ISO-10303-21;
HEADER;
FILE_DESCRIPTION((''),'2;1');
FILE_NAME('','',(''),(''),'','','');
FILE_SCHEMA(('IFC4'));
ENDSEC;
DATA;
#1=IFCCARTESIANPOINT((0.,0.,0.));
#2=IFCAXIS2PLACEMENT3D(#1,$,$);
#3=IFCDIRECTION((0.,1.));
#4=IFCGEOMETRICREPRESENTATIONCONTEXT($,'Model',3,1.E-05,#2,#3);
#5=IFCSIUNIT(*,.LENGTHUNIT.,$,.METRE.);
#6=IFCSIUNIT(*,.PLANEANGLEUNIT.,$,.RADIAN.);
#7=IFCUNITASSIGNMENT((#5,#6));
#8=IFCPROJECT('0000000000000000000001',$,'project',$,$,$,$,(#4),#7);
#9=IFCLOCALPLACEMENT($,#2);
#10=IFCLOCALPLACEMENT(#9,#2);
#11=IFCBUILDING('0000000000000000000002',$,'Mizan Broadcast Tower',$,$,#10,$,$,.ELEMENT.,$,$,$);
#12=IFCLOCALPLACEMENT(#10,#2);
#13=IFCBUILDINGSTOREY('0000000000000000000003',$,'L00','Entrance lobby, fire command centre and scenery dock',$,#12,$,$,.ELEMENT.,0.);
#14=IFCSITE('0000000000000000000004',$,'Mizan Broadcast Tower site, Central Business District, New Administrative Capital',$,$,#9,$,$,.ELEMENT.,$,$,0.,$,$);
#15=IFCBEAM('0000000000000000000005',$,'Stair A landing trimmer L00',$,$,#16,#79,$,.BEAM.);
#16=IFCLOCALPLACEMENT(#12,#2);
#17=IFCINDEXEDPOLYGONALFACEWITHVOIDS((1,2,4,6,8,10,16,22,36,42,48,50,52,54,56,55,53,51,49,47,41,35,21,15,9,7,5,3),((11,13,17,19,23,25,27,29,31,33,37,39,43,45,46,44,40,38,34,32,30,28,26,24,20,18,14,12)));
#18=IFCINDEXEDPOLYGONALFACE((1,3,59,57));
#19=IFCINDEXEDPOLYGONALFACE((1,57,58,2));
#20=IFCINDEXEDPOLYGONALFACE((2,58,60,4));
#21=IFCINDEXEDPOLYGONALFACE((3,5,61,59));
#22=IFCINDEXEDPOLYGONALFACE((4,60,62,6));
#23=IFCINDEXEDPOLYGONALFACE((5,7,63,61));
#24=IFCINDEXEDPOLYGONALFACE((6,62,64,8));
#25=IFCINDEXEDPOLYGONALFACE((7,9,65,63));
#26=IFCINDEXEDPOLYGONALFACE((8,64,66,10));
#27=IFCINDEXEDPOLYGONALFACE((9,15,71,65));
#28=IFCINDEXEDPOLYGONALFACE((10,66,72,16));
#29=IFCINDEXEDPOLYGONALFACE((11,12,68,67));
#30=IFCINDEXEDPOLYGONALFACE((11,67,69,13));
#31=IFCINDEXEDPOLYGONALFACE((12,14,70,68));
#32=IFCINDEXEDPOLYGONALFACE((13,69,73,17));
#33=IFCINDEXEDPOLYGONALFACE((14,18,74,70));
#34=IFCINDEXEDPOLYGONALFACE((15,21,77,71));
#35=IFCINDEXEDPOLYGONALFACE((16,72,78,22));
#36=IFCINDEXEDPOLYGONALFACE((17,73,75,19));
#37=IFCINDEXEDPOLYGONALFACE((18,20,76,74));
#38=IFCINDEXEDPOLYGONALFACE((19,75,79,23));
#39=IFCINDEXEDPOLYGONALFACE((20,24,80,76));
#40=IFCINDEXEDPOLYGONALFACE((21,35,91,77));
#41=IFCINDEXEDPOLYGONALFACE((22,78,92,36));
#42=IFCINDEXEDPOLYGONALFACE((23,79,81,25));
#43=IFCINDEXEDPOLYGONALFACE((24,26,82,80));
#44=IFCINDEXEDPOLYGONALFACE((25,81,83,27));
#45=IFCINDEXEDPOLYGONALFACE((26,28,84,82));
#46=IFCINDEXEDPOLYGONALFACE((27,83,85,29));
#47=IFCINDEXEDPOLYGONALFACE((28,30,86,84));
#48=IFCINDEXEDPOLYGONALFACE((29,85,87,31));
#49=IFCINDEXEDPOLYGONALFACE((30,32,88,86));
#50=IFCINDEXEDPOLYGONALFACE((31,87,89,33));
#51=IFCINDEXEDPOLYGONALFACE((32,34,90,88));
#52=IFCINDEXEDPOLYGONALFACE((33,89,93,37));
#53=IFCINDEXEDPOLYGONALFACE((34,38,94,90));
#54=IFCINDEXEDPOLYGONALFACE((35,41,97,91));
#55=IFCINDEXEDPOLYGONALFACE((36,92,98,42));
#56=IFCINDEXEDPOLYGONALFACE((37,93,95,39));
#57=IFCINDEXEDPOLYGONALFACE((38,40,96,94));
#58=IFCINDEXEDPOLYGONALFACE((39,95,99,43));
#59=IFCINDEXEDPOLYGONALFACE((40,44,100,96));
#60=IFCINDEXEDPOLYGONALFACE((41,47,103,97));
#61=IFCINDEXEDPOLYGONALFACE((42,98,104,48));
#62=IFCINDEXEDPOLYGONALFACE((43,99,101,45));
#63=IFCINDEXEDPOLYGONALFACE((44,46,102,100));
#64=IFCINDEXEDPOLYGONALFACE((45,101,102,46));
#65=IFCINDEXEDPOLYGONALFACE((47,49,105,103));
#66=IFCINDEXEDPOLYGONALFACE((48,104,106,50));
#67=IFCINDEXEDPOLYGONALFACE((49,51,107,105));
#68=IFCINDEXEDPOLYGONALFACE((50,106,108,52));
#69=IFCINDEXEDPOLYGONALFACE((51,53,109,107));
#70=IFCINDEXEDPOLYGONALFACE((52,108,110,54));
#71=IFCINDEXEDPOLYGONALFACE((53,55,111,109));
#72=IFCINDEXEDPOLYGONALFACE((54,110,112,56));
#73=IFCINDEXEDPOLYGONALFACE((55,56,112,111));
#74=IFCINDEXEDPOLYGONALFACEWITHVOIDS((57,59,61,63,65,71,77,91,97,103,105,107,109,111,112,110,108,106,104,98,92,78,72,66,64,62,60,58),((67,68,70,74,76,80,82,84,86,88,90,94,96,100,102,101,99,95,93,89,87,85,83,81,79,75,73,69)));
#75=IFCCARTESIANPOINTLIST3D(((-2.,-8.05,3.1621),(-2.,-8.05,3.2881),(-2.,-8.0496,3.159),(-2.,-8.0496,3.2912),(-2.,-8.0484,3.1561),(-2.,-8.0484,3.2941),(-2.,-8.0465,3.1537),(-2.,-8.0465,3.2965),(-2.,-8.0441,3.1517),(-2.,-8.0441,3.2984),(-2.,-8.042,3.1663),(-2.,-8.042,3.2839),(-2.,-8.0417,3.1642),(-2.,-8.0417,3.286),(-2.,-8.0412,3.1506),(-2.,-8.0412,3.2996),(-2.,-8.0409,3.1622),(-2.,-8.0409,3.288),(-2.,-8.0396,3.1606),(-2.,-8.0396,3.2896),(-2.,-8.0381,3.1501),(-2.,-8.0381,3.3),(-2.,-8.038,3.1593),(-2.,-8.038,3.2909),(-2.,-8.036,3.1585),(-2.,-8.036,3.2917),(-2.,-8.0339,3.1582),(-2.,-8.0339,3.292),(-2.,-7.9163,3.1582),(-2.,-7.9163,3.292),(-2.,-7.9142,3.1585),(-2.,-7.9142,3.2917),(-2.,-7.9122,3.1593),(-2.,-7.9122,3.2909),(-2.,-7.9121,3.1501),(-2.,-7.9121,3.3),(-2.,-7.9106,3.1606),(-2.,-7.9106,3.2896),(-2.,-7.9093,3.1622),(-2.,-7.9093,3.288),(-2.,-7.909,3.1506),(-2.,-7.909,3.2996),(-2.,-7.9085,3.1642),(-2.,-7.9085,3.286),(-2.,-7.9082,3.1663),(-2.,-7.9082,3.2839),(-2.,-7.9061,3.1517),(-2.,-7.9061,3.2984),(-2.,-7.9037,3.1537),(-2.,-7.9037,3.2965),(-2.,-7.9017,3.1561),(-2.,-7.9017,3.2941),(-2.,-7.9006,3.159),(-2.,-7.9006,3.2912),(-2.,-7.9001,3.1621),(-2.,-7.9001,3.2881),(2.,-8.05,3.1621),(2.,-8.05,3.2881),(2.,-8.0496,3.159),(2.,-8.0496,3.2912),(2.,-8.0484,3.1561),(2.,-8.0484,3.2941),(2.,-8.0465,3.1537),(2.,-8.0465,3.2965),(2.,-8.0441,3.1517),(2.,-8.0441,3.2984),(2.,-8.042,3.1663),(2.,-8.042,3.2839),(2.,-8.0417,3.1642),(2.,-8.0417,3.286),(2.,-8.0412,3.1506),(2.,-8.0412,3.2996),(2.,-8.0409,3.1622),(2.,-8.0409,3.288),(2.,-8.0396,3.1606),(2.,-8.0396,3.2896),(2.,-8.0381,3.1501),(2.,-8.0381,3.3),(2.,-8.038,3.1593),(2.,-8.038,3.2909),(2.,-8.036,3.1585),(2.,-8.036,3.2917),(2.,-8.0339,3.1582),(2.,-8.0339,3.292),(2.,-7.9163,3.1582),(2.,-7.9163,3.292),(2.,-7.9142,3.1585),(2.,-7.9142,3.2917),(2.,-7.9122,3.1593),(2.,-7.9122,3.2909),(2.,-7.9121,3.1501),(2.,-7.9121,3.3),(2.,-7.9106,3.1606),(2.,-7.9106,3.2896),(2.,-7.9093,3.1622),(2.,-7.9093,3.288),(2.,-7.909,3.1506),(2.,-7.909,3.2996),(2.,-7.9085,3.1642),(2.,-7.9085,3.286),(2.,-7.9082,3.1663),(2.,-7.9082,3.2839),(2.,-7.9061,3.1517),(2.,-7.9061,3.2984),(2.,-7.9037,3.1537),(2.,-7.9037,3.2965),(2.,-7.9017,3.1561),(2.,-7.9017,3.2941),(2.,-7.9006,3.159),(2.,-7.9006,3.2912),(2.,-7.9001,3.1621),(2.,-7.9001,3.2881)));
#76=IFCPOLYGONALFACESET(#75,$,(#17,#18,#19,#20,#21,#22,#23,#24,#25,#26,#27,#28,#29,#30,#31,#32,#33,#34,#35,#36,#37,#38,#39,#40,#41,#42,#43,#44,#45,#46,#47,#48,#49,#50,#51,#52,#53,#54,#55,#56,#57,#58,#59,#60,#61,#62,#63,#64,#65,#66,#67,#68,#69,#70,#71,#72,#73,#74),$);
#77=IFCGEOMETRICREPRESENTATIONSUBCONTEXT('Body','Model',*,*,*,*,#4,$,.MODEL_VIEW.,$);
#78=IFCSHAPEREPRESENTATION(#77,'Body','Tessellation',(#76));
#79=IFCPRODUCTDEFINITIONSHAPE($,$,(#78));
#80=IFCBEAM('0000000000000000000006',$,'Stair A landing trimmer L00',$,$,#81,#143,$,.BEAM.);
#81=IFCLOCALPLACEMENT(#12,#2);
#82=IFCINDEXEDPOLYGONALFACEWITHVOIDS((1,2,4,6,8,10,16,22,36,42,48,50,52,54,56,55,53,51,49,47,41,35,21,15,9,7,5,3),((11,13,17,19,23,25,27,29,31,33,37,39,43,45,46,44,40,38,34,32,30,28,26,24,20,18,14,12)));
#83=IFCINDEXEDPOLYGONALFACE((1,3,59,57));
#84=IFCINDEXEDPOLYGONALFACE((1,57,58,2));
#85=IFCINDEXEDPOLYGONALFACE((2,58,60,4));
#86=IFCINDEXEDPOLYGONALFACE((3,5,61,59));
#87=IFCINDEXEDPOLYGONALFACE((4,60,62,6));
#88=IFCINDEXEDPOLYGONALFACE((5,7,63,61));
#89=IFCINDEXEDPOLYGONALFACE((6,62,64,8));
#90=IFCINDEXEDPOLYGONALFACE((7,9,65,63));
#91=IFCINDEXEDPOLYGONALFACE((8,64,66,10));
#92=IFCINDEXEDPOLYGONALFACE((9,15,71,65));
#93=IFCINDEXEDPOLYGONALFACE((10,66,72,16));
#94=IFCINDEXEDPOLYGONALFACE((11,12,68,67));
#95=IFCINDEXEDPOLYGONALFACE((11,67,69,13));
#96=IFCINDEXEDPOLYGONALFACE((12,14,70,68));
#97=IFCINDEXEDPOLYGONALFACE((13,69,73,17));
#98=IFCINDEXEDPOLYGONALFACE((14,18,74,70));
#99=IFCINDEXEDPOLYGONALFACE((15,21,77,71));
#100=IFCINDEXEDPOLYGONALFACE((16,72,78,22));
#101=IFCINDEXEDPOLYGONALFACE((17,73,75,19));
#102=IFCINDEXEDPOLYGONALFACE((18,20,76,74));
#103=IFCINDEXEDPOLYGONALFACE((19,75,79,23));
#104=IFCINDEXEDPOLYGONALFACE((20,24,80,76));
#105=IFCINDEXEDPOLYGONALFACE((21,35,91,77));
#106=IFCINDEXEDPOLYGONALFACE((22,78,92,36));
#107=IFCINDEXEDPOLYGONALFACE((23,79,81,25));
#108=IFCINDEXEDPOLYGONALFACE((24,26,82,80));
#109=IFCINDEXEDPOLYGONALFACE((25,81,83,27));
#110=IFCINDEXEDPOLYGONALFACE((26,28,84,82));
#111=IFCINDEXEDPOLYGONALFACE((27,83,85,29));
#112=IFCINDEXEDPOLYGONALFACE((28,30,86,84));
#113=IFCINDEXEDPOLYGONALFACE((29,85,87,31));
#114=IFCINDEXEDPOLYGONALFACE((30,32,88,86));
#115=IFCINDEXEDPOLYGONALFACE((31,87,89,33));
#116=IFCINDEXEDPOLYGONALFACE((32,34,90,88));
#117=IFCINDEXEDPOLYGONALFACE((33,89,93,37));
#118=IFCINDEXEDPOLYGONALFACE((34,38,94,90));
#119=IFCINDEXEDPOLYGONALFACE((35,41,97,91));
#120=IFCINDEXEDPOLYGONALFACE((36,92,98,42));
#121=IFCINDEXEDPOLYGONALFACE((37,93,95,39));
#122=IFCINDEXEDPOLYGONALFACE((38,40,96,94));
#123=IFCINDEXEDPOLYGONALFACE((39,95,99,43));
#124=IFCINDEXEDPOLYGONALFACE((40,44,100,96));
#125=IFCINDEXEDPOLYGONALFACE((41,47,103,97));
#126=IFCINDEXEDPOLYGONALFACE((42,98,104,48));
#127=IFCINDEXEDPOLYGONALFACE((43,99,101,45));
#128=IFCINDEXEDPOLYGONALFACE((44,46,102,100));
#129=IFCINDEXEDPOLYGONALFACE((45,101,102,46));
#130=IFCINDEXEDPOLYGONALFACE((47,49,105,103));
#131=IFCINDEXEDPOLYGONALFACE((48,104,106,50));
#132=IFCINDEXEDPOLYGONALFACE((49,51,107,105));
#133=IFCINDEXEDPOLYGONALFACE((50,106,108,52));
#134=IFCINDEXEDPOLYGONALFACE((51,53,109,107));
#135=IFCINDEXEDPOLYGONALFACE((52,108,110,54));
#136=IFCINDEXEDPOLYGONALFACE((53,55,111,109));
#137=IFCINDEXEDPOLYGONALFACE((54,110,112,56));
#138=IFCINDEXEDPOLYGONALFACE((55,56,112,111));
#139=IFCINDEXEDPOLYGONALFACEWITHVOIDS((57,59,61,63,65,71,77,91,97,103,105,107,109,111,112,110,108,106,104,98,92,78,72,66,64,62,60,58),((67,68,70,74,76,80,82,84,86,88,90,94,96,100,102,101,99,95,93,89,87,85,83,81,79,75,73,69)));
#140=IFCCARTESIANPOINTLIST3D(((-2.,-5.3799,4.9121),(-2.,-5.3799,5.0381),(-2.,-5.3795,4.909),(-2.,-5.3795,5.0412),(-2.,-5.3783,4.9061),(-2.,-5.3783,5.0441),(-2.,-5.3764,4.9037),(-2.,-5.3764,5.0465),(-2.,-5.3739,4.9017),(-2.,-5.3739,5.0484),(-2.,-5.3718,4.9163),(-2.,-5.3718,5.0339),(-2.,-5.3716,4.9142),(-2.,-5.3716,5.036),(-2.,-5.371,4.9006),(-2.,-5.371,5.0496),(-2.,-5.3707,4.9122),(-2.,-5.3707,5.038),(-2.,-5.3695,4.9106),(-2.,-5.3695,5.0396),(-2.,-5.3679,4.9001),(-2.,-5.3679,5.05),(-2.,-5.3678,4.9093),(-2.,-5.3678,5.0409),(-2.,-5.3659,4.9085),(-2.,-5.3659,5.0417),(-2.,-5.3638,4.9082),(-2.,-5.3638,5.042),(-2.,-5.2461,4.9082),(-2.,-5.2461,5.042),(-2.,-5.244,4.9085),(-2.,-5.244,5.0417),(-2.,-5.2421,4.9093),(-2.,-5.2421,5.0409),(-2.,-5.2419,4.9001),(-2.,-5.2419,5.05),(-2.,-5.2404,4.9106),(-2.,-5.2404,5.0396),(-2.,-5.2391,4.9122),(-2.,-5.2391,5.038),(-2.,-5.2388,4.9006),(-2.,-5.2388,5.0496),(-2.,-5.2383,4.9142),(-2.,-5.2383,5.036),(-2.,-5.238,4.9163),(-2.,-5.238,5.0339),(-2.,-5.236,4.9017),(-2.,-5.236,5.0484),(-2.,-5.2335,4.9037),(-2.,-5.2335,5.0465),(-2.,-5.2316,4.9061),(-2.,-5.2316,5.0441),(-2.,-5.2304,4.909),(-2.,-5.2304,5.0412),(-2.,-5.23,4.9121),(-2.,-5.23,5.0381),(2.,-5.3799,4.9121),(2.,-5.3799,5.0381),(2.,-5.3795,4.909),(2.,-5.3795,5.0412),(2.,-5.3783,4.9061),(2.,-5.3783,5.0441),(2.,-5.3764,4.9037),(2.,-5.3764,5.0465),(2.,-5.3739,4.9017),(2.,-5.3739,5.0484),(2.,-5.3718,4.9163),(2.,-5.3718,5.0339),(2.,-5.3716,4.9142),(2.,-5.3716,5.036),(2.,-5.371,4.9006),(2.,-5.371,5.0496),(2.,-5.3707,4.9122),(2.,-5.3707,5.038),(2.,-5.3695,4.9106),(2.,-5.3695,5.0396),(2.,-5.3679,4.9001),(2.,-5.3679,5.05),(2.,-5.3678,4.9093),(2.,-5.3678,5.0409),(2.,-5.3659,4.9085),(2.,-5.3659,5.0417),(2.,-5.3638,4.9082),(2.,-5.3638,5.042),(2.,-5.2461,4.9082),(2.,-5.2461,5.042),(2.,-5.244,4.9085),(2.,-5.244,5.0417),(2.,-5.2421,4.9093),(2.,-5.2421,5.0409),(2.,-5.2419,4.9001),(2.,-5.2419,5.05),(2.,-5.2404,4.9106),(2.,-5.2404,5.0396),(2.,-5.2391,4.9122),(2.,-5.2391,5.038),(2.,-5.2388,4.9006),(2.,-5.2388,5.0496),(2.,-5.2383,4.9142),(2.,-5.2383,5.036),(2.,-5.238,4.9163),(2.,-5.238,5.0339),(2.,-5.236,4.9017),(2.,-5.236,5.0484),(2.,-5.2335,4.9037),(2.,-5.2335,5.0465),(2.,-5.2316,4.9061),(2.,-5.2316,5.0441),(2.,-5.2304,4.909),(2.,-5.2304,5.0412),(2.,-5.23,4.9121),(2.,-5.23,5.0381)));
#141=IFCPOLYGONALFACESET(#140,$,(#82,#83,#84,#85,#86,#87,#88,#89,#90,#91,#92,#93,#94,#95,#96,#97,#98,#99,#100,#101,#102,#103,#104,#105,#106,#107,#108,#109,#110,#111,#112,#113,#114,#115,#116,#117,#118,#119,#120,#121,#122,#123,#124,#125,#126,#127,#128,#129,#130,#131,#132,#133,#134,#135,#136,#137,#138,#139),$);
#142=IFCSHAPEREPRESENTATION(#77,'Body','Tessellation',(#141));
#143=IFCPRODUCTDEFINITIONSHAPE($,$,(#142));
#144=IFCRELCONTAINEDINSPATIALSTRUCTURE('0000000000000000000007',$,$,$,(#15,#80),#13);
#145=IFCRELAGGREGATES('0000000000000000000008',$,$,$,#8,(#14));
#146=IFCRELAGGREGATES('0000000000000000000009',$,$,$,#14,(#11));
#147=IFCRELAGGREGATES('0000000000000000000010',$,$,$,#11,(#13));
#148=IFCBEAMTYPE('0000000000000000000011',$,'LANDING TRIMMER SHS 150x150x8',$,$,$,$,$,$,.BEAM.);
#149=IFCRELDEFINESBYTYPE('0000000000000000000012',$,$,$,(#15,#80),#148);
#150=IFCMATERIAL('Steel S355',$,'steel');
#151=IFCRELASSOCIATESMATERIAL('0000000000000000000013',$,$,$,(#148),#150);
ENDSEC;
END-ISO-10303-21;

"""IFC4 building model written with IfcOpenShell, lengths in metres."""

from ifc_helpers import new_model, si_unit, direction, frame, origin, origin_2d, place, context, subcontext, project, spatial, hollow_rectangle, extrude, material, material_profile, profile_set, type_object, element, save


model = new_model("IFC4")

# Units and contexts
model_context = context("Model", 3, precision=1e-05, world=origin(), true_north=direction((0.0, 1.0)))
body_context = subcontext(model_context, "Body", "Model", "MODEL_VIEW")
ifc_project = project(units=[si_unit("LENGTHUNIT", "METRE"), si_unit("PLANEANGLEUNIT", "RADIAN")], contexts=[model_context])

# Site, building, storey
site_placement = place(None, origin())
site = spatial("IfcSite", under=ifc_project, at=site_placement, Name="Mizan Broadcast Tower site, Central Business District, New Administrative Capital", CompositionType="ELEMENT", RefElevation=0.0)
building_placement = place(site_placement, origin())
building = spatial("IfcBuilding", under=site, at=building_placement, Name="Mizan Broadcast Tower", CompositionType="ELEMENT")
storey_placement = place(building_placement, origin())
storey = spatial("IfcBuildingStorey", under=building, at=storey_placement, Name="L00", Description="Entrance lobby, fire command centre and scenery dock", CompositionType="ELEMENT", Elevation=0.0)

# Beams
ifc_material_1 = material(Name="Steel S355", Category="steel")
ifc_material_profile = material_profile(ifc_material_1, hollow_rectangle(XDim=0.1499, YDim=0.1499, WallThickness=0.0081, InnerFilletRadius=0.0081, OuterFilletRadius=0.012, at=origin_2d()), Name="SHS 150x150x8")
ifc_profile_set = profile_set([ifc_material_profile], Name="Steel S355")
beam_type = type_object("IfcBeamType", Name="LANDING TRIMMER SHS 150x150x8", PredefinedType="BEAM", material=ifc_profile_set)
for number, where, z_axis, x_axis, name in (
    (1, (-2.0, -7.9751, 3.2251), (1.0, 0.0, 0.0), (0.0, 1.0, 0.0), "Stair A landing trimmer L00"),
    (2, (-2.0, -5.3049, 4.9751), (1.0, 0.0, 0.0), (0.0, 1.0, 0.0), "Stair A landing trimmer L00"),
):
    element("IfcBeam", number, at=place(storey_placement, frame(where, z_axis=z_axis, x_axis=x_axis)), inside=storey, type_object=beam_type, Name=name, PredefinedType="BEAM", context=body_context, shape_type="SweptSolid", body=[
        extrude(hollow_rectangle(XDim=0.1499, YDim=0.1499, WallThickness=0.0081, InnerFilletRadius=0.0081, OuterFilletRadius=0.012, at=origin_2d()), origin(), (0.0, 0.0, 1.0), 4.0),
    ])

save(model, "model.ifc")
